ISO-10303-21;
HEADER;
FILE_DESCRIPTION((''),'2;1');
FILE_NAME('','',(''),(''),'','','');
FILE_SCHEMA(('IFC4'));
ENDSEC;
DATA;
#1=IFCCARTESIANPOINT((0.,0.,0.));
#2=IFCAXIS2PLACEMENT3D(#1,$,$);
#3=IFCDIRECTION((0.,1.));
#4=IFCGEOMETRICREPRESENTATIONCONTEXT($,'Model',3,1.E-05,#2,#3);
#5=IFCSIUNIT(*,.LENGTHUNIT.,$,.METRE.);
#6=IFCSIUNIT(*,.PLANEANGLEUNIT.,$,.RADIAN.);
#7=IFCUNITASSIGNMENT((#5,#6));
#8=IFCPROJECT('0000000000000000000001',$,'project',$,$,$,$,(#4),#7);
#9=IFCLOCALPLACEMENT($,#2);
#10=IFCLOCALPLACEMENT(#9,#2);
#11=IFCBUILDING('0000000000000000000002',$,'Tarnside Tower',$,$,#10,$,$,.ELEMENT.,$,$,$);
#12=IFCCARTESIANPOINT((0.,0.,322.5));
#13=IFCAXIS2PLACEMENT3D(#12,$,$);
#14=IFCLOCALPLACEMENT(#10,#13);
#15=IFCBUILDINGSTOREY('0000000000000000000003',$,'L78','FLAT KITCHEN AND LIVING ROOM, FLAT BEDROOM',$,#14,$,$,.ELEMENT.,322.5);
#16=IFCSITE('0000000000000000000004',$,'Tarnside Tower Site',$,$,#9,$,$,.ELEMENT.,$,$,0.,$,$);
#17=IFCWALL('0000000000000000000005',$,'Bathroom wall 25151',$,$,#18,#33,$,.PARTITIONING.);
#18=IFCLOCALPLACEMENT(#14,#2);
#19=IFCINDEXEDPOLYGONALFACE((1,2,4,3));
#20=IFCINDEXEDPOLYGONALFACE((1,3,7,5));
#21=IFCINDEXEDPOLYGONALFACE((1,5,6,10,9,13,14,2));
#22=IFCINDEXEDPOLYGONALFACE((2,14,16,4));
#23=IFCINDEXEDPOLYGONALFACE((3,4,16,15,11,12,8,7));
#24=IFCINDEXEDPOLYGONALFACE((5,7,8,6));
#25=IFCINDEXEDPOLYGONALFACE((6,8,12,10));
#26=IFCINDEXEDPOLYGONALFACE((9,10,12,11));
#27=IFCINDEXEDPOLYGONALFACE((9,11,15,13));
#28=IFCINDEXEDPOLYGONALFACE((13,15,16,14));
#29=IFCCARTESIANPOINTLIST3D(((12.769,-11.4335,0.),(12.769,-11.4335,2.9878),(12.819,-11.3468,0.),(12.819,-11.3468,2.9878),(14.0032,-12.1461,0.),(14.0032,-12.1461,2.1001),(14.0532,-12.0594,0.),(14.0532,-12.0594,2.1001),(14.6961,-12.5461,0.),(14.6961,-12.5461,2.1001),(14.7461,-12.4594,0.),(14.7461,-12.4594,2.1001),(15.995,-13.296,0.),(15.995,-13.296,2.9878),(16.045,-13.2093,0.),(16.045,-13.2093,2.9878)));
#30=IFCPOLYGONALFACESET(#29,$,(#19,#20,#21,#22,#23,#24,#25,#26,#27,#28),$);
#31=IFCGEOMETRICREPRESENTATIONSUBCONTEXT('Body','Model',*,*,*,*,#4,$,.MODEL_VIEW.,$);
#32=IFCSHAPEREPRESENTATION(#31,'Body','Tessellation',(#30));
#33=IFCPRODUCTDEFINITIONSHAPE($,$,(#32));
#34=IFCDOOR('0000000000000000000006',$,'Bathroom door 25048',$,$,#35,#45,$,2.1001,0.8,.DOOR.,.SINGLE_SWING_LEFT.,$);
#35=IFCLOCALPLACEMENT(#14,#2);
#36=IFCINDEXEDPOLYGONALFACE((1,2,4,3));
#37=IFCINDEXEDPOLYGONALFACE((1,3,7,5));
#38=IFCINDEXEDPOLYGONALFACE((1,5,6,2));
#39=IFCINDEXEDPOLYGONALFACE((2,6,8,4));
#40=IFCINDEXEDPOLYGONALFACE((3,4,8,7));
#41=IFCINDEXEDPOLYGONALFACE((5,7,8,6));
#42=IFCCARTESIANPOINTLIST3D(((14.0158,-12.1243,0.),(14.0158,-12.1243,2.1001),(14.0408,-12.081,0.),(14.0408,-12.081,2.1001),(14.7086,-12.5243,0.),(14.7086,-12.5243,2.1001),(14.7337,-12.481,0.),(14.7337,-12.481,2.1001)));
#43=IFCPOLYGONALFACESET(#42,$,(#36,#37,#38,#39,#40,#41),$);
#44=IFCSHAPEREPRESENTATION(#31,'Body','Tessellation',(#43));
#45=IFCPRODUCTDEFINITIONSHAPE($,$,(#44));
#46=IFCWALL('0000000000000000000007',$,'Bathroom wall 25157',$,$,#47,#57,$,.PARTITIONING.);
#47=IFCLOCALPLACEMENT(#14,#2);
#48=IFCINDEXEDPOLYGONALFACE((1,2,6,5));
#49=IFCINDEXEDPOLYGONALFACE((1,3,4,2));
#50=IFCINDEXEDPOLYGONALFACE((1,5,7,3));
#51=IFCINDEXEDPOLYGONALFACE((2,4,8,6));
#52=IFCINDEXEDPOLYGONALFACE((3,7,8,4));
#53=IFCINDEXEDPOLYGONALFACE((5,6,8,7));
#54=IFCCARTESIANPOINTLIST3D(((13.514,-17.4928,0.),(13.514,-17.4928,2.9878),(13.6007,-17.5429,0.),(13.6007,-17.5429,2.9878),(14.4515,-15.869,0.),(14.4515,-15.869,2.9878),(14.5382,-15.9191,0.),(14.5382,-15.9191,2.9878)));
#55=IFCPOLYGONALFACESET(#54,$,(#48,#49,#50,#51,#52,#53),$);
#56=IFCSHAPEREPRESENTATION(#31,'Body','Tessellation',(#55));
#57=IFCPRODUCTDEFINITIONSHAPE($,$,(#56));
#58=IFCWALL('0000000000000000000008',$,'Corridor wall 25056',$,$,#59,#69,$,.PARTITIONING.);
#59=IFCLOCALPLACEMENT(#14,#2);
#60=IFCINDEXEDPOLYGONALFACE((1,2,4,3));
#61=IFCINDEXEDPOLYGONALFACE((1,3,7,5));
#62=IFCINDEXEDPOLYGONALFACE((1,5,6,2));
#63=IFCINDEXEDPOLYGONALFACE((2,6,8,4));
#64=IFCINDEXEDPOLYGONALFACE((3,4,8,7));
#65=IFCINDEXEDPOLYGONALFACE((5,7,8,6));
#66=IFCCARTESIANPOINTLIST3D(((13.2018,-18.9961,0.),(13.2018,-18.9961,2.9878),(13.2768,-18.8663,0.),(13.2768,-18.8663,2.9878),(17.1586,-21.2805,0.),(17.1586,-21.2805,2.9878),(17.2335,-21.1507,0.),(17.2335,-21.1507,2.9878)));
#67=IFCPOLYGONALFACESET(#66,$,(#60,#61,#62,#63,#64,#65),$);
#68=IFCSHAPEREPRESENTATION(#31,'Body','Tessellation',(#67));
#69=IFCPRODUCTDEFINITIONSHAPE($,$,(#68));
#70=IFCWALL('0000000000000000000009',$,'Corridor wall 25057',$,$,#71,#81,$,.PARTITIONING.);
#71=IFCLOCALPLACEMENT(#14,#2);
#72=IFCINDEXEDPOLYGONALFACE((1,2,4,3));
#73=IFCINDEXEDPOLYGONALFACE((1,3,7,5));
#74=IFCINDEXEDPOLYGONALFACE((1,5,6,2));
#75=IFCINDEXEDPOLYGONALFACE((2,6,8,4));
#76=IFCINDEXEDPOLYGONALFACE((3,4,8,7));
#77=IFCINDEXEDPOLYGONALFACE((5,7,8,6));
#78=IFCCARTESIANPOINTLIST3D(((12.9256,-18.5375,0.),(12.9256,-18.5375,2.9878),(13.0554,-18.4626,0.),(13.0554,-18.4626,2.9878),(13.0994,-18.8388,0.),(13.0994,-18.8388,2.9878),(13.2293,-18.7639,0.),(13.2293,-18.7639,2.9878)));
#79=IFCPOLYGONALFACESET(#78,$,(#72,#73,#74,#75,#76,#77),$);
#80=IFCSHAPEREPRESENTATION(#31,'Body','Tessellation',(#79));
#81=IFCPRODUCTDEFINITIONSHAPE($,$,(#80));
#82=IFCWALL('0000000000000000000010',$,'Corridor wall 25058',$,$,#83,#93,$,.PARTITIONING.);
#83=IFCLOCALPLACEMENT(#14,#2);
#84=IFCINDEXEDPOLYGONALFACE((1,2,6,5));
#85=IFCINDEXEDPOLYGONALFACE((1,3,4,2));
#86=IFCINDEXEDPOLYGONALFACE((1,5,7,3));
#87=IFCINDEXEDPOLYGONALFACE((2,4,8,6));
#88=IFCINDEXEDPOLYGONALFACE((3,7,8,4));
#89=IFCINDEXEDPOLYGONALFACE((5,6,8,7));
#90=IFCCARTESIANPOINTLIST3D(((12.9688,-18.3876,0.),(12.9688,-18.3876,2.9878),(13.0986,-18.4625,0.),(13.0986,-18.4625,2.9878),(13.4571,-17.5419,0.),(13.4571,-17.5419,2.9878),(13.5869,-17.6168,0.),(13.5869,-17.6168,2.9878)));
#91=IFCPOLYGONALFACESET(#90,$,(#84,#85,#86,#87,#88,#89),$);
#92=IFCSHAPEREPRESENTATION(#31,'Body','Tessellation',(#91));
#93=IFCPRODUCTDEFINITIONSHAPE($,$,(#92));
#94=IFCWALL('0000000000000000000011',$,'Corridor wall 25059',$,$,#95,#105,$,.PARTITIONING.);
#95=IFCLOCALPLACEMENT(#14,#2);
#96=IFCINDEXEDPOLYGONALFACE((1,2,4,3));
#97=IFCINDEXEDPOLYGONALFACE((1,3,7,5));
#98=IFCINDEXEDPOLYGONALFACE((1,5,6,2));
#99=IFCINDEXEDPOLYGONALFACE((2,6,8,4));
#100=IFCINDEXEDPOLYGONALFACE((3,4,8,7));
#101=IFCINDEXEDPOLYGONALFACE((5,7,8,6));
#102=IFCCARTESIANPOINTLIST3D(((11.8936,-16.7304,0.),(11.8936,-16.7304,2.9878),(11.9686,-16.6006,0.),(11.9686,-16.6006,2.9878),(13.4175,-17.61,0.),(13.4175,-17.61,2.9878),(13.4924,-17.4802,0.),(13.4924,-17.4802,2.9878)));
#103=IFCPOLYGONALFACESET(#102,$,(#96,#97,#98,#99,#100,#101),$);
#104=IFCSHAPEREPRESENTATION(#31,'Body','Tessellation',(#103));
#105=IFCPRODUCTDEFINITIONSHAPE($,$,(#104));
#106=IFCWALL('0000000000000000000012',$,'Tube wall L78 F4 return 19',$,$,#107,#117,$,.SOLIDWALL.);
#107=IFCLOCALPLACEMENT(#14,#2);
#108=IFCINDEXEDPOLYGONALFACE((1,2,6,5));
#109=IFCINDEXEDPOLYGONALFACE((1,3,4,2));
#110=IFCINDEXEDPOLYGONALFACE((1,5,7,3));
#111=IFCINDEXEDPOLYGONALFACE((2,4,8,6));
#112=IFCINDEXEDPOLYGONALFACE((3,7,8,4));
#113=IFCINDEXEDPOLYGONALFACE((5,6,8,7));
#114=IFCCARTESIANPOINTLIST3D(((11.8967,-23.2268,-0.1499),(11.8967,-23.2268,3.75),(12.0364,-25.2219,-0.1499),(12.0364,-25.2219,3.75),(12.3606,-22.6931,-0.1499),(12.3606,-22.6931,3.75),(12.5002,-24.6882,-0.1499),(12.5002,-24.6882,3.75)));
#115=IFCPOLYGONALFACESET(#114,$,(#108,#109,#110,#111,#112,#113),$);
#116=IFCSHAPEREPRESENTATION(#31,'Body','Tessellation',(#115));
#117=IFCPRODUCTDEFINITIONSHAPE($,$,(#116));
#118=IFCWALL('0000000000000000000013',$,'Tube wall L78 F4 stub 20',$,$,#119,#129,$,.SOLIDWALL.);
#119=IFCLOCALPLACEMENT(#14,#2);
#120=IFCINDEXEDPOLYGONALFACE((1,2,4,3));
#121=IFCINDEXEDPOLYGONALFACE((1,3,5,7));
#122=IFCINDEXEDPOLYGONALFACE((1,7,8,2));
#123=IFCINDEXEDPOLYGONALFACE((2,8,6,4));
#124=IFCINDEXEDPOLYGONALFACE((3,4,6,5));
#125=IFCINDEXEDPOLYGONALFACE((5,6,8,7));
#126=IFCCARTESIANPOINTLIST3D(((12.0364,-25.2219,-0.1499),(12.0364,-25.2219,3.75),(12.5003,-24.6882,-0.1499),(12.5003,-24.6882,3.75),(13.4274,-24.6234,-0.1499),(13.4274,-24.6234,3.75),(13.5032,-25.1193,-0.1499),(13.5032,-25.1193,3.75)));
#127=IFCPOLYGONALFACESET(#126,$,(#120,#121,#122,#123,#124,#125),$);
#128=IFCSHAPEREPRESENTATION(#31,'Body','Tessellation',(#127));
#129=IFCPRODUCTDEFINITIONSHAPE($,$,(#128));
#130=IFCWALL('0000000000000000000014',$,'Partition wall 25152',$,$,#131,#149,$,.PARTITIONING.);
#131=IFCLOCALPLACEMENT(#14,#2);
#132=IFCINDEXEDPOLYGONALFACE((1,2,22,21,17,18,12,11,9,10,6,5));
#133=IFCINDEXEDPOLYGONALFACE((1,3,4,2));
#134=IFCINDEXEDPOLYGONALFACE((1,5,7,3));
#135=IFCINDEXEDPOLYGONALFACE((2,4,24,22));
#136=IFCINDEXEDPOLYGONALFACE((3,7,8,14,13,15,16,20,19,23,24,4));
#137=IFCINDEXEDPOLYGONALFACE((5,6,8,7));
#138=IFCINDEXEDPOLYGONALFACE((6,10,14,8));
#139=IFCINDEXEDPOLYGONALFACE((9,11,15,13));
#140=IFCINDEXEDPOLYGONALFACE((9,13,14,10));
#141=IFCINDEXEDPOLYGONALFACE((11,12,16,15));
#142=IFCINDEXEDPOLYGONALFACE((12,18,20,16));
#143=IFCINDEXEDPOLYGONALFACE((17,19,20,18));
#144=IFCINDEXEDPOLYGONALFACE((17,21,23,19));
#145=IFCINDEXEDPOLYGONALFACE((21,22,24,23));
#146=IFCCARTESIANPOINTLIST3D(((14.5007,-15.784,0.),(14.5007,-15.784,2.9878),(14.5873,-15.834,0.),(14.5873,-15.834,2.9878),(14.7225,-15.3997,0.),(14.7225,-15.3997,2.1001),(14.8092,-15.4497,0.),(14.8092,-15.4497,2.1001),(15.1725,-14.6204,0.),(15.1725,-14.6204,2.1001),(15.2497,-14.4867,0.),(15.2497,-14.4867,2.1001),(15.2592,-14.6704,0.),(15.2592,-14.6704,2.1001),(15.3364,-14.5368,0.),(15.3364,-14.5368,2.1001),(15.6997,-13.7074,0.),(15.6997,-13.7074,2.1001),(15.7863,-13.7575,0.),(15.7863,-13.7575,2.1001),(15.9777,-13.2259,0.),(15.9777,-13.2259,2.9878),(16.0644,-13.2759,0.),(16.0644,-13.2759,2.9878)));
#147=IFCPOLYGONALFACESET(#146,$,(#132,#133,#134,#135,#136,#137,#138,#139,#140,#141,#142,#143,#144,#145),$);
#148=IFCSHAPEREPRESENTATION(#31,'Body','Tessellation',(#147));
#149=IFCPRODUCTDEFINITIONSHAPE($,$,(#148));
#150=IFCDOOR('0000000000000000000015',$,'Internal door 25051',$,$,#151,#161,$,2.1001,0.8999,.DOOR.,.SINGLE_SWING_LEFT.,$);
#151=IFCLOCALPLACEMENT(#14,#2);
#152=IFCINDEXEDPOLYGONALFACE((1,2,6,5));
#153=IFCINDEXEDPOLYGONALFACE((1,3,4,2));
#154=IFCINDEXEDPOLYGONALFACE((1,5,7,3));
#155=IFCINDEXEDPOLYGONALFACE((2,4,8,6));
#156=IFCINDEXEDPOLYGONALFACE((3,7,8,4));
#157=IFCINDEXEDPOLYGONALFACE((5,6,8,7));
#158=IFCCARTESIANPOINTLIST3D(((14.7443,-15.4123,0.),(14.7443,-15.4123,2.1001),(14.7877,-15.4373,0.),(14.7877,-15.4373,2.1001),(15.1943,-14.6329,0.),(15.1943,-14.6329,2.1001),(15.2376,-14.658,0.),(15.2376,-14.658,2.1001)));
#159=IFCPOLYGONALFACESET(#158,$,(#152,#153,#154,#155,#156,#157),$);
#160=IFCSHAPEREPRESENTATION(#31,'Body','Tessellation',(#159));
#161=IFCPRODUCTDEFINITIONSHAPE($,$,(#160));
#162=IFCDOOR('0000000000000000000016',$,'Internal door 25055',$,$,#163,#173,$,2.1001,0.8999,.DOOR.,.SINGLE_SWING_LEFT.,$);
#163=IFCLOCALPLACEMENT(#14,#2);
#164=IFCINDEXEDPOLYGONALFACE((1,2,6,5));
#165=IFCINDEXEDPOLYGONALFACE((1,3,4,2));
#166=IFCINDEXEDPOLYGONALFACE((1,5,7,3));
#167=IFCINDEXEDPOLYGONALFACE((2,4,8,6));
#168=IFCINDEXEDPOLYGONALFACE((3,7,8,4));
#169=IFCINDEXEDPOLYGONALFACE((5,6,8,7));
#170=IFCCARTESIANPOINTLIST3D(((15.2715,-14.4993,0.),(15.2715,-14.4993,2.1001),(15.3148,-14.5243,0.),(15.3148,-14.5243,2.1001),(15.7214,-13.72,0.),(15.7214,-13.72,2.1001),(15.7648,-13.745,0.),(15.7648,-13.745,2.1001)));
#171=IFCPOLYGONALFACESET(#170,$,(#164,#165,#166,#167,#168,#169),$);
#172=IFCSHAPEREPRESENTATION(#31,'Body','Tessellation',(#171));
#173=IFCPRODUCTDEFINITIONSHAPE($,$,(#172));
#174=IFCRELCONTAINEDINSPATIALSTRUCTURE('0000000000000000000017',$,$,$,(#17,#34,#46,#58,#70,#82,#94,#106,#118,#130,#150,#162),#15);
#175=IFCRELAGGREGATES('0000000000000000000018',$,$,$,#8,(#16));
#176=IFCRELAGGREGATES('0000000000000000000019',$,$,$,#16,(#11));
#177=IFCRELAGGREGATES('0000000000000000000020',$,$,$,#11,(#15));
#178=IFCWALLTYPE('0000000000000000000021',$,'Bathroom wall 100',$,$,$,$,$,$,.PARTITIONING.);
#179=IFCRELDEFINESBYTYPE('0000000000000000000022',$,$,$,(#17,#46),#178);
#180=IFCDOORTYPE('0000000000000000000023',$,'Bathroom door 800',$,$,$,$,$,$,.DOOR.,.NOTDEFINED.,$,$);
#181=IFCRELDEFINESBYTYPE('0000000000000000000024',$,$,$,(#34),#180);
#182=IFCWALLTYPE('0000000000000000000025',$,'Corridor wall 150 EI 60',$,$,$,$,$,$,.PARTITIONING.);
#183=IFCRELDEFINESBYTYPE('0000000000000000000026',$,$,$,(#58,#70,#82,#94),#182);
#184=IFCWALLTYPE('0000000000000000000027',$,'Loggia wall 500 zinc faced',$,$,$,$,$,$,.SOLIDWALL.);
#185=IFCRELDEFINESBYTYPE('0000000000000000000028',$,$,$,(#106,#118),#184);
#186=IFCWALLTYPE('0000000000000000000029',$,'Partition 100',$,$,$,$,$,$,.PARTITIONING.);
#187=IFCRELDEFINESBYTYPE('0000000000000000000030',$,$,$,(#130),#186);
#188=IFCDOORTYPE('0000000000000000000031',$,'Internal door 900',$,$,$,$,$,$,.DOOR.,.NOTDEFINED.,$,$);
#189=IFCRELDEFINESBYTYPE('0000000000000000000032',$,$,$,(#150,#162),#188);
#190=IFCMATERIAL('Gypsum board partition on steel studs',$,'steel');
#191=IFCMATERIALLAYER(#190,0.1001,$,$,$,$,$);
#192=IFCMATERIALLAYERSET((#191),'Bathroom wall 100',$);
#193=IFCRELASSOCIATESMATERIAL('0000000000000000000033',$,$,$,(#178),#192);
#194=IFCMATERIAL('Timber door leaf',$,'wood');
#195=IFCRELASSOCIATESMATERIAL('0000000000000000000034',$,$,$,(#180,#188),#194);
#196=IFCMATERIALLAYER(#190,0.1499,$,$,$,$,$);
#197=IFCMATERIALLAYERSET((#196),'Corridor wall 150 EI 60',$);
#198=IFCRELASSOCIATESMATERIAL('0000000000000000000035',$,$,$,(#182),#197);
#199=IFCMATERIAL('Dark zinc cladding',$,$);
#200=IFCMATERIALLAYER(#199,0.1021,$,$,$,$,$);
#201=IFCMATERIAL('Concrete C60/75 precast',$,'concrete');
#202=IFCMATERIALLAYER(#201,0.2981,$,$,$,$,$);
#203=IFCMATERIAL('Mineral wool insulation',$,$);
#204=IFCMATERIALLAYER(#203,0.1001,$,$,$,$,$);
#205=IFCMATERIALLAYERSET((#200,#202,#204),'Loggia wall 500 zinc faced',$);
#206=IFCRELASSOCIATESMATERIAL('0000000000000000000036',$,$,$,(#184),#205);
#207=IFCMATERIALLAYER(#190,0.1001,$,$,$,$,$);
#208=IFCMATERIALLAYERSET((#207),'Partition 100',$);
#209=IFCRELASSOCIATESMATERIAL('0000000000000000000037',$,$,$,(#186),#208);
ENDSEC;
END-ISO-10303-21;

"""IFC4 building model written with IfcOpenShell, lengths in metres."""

from ifc_helpers import new_model, si_unit, direction, frame, frame_2d, origin, place, context, subcontext, project, spatial, polyline, rectangle, outline, extrude, material, layer, layer_set, type_object, element, fill, save


model = new_model("IFC4")

# Units and contexts
model_context = context("Model", 3, precision=1e-05, world=origin(), true_north=direction((0.0, 1.0)))
body_context = subcontext(model_context, "Body", "Model", "MODEL_VIEW")
ifc_project = project(units=[si_unit("LENGTHUNIT", "METRE"), si_unit("PLANEANGLEUNIT", "RADIAN")], contexts=[model_context])

# Site, building, storey
site_placement = place(None, origin())
site = spatial("IfcSite", under=ifc_project, at=site_placement, Name="Tarnside Tower Site", CompositionType="ELEMENT", RefElevation=0.0)
building_placement = place(site_placement, origin())
building = spatial("IfcBuilding", under=site, at=building_placement, Name="Tarnside Tower", CompositionType="ELEMENT")
storey_placement = place(building_placement, frame((0.0, 0.0, 322.5)))
storey = spatial("IfcBuildingStorey", under=building, at=storey_placement, Name="L78", Description="FLAT KITCHEN AND LIVING ROOM, FLAT BEDROOM", CompositionType="ELEMENT", Elevation=322.5)

# Wall, opening, door
ifc_material_1 = material(Name="Gypsum board partition on steel studs", Category="steel")
ifc_layer_1 = layer(ifc_material_1, 0.1001)
ifc_layer_set_1 = layer_set([ifc_layer_1], Name="Bathroom wall 100")
wall_type_1 = type_object("IfcWallType", Name="Bathroom wall 100", PredefinedType="PARTITIONING", material=ifc_layer_set_1)
wall_1_placement = place(storey_placement, frame((16.02, -13.2527, 0.0), z_axis=(0.0, 0.0, 1.0), x_axis=(-0.866028, 0.499995, 0.0)))
wall_1 = element("IfcWall", 1, at=wall_1_placement, inside=storey, type_object=wall_type_1, Name="Bathroom wall 25151", PredefinedType="PARTITIONING", context=body_context, shape_type="SweptSolid", body=[
    extrude(rectangle(XDim=3.7251, YDim=0.1001, at=frame_2d((1.8625, 0.0))), origin(), (0.0, 0.0, 1.0), 2.9878),
])
opening_1_placement = place(wall_1_placement, frame((1.5, 0.0, 0.0)))
opening_1 = element("IfcOpeningElement", 2, at=opening_1_placement, cuts=wall_1, PredefinedType="OPENING", context=body_context, shape_type="SweptSolid", body=[
    extrude(rectangle(XDim=0.8, YDim=2.1001, at=frame_2d((0.3999, 1.05))), frame((0.0, 0.0601, 0.0), z_axis=(0.0, -1.0, 0.0), x_axis=(1.0, 0.0, 0.0)), (0.0, 0.0, 1.0), 0.1201),
])
ifc_material_2 = material(Name="Timber door leaf", Category="wood")
door_type_1 = type_object("IfcDoorType", Name="Bathroom door 800", OperationType="NOTDEFINED", PredefinedType="DOOR", material=ifc_material_2)
door_1_placement = place(opening_1_placement, origin())
door_1 = element("IfcDoor", 3, at=door_1_placement, inside=storey, type_object=door_type_1, Name="Bathroom door 25048", OperationType="SINGLE_SWING_LEFT", OverallHeight=2.1001, OverallWidth=0.8, PredefinedType="DOOR", context=body_context, shape_type="SweptSolid", body=[
    extrude(rectangle(XDim=0.8, YDim=2.1001, at=frame_2d((0.3999, 1.05))), frame((0.0, 0.0249, 0.0), z_axis=(0.0, -1.0, 0.0), x_axis=(1.0, 0.0, 0.0)), (0.0, 0.0, 1.0), 0.05),
])
fill(opening_1, door_1)

# Walls
wall_2_placement = place(storey_placement, frame((14.4949, -15.894, 0.0), z_axis=(0.0, 0.0, 1.0), x_axis=(-0.500004, -0.866023, 0.0)))
element("IfcWall", 4, at=wall_2_placement, inside=storey, type_object=wall_type_1, Name="Bathroom wall 25157", PredefinedType="PARTITIONING", context=body_context, shape_type="SweptSolid", body=[
    extrude(rectangle(XDim=1.875, YDim=0.1001, at=frame_2d((0.9375, 0.0))), origin(), (0.0, 0.0, 1.0), 2.9878),
])
ifc_layer_2 = layer(ifc_material_1, 0.1499)
ifc_layer_set_2 = layer_set([ifc_layer_2], Name="Corridor wall 150 EI 60")
wall_type_2 = type_object("IfcWallType", Name="Corridor wall 150 EI 60", PredefinedType="PARTITIONING", material=ifc_layer_set_2)
wall_3_placement = place(storey_placement, frame((17.196, -21.2156, 0.0), z_axis=(0.0, 0.0, 1.0), x_axis=(-0.866028, 0.499995, 0.0)))
element("IfcWall", 5, at=wall_3_placement, inside=storey, type_object=wall_type_2, Name="Corridor wall 25056", PredefinedType="PARTITIONING", context=body_context, shape_type="SweptSolid", body=[
    extrude(rectangle(XDim=4.5688, YDim=0.1499, at=frame_2d((2.2844, 0.0))), origin(), (0.0, 0.0, 1.0), 2.9878),
])
wall_4_placement = place(storey_placement, frame((13.1643, -18.8013, 0.0), z_axis=(0.0, 0.0, 1.0), x_axis=(-0.499763, 0.866162, 0.0)))
element("IfcWall", 6, at=wall_4_placement, inside=storey, type_object=wall_type_2, Name="Corridor wall 25057", PredefinedType="PARTITIONING", context=body_context, shape_type="SweptSolid", body=[
    extrude(rectangle(XDim=0.3479, YDim=0.1499, at=frame_2d((0.1738, 0.0))), origin(), (0.0, 0.0, 1.0), 2.9878),
])
wall_5_placement = place(storey_placement, frame((13.0337, -18.425, 0.0), z_axis=(0.0, 0.0, 1.0), x_axis=(0.500011, 0.866019, 0.0)))
element("IfcWall", 7, at=wall_5_placement, inside=storey, type_object=wall_type_2, Name="Corridor wall 25058", PredefinedType="PARTITIONING", context=body_context, shape_type="SweptSolid", body=[
    extrude(rectangle(XDim=0.9766, YDim=0.1499, at=frame_2d((0.4883, 0.0))), origin(), (0.0, 0.0, 1.0), 2.9878),
])
wall_6_placement = place(storey_placement, frame((13.4551, -17.5452, 0.0), z_axis=(0.0, 0.0, 1.0), x_axis=(-0.866075, 0.499915, 0.0)))
element("IfcWall", 8, at=wall_6_placement, inside=storey, type_object=wall_type_2, Name="Corridor wall 25059", PredefinedType="PARTITIONING", context=body_context, shape_type="SweptSolid", body=[
    extrude(rectangle(XDim=1.7595, YDim=0.1499, at=frame_2d((0.8799, 0.0))), origin(), (0.0, 0.0, 1.0), 2.9878),
])
ifc_material_3 = material(Name="Dark zinc cladding")
ifc_layer_3 = layer(ifc_material_3, 0.1021)
ifc_material_4 = material(Name="Concrete C60/75 precast", Category="concrete")
ifc_layer_4 = layer(ifc_material_4, 0.2981)
ifc_material_5 = material(Name="Mineral wool insulation")
ifc_layer_5 = layer(ifc_material_5, 0.1001)
ifc_layer_set_3 = layer_set([ifc_layer_3, ifc_layer_4, ifc_layer_5], Name="Loggia wall 500 zinc faced")
wall_type_3 = type_object("IfcWallType", Name="Loggia wall 500 zinc faced", PredefinedType="SOLIDWALL", material=ifc_layer_set_3)
wall_7_placement = place(storey_placement, frame((12.1287, -22.96, -0.1499), z_axis=(0.0, 0.0, 1.0), x_axis=(0.069824, -0.997559, 0.0)))
element("IfcWall", 9, at=wall_7_placement, inside=storey, type_object=wall_type_3, Name="Tube wall L78 F4 return 19", PredefinedType="SOLIDWALL", context=body_context, shape_type="SweptSolid", body=[
    extrude(outline(polyline([(0.25, -0.25), (2.25, -0.25), (1.75, 0.25), (-0.25, 0.25), (0.25, -0.25)])), origin(), (0.0, 0.0, 1.0), 3.8999),
])
wall_8_placement = place(storey_placement, frame((12.2683, -24.9551, -0.1499), z_axis=(0.0, 0.0, 1.0), x_axis=(0.997562, 0.069787, 0.0)))
element("IfcWall", 10, at=wall_8_placement, inside=storey, type_object=wall_type_3, Name="Tube wall L78 F4 stub 20", PredefinedType="SOLIDWALL", context=body_context, shape_type="SweptSolid", body=[
    extrude(outline(polyline([(-0.25, -0.25), (1.2205, -0.25), (1.1794, 0.25), (0.25, 0.25), (-0.25, -0.25)])), origin(), (0.0, 0.0, 1.0), 3.8999),
])

# Wall, openings, doors
ifc_layer_6 = layer(ifc_material_1, 0.1001)
ifc_layer_set_4 = layer_set([ifc_layer_6], Name="Partition 100")
wall_type_4 = type_object("IfcWallType", Name="Partition 100", PredefinedType="PARTITIONING", material=ifc_layer_set_4)
wall_9_placement = place(storey_placement, frame((14.5439, -15.8091, 0.0), z_axis=(0.0, 0.0, 1.0), x_axis=(0.500032, 0.866007, 0.0)))
wall_9 = element("IfcWall", 11, at=wall_9_placement, inside=storey, type_object=wall_type_4, Name="Partition wall 25152", PredefinedType="PARTITIONING", context=body_context, shape_type="SweptSolid", body=[
    extrude(rectangle(XDim=2.9539, YDim=0.1001, at=frame_2d((1.4771, 0.0))), origin(), (0.0, 0.0, 1.0), 2.9878),
])
opening_2_placement = place(wall_9_placement, frame((0.4438, 0.0, 0.0)))
opening_2 = element("IfcOpeningElement", 12, at=opening_2_placement, cuts=wall_9, PredefinedType="OPENING", context=body_context, shape_type="SweptSolid", body=[
    extrude(rectangle(XDim=0.8999, YDim=2.1001, at=frame_2d((0.45, 1.05))), frame((0.0, 0.0601, 0.0), z_axis=(0.0, -1.0, 0.0), x_axis=(1.0, 0.0, 0.0)), (0.0, 0.0, 1.0), 0.1201),
])
opening_3_placement = place(wall_9_placement, frame((1.498, 0.0, 0.0)))
opening_3 = element("IfcOpeningElement", 13, at=opening_3_placement, cuts=wall_9, PredefinedType="OPENING", context=body_context, shape_type="SweptSolid", body=[
    extrude(rectangle(XDim=0.8999, YDim=2.1001, at=frame_2d((0.45, 1.05))), frame((0.0, 0.0601, 0.0), z_axis=(0.0, -1.0, 0.0), x_axis=(1.0, 0.0, 0.0)), (0.0, 0.0, 1.0), 0.1201),
])
door_type_2 = type_object("IfcDoorType", Name="Internal door 900", OperationType="NOTDEFINED", PredefinedType="DOOR", material=ifc_material_2)
door_2_placement = place(opening_2_placement, origin())
door_2 = element("IfcDoor", 14, at=door_2_placement, inside=storey, type_object=door_type_2, Name="Internal door 25051", OperationType="SINGLE_SWING_LEFT", OverallHeight=2.1001, OverallWidth=0.8999, PredefinedType="DOOR", context=body_context, shape_type="SweptSolid", body=[
    extrude(rectangle(XDim=0.8999, YDim=2.1001, at=frame_2d((0.45, 1.05))), frame((0.0, 0.0249, 0.0), z_axis=(0.0, -1.0, 0.0), x_axis=(1.0, 0.0, 0.0)), (0.0, 0.0, 1.0), 0.05),
])
fill(opening_2, door_2)
door_3_placement = place(opening_3_placement, origin())
door_3 = element("IfcDoor", 15, at=door_3_placement, inside=storey, type_object=door_type_2, Name="Internal door 25055", OperationType="SINGLE_SWING_LEFT", OverallHeight=2.1001, OverallWidth=0.8999, PredefinedType="DOOR", context=body_context, shape_type="SweptSolid", body=[
    extrude(rectangle(XDim=0.8999, YDim=2.1001, at=frame_2d((0.45, 1.05))), frame((0.0, 0.0249, 0.0), z_axis=(0.0, -1.0, 0.0), x_axis=(1.0, 0.0, 0.0)), (0.0, 0.0, 1.0), 0.05),
])
fill(opening_3, door_3)

save(model, "model.ifc")
